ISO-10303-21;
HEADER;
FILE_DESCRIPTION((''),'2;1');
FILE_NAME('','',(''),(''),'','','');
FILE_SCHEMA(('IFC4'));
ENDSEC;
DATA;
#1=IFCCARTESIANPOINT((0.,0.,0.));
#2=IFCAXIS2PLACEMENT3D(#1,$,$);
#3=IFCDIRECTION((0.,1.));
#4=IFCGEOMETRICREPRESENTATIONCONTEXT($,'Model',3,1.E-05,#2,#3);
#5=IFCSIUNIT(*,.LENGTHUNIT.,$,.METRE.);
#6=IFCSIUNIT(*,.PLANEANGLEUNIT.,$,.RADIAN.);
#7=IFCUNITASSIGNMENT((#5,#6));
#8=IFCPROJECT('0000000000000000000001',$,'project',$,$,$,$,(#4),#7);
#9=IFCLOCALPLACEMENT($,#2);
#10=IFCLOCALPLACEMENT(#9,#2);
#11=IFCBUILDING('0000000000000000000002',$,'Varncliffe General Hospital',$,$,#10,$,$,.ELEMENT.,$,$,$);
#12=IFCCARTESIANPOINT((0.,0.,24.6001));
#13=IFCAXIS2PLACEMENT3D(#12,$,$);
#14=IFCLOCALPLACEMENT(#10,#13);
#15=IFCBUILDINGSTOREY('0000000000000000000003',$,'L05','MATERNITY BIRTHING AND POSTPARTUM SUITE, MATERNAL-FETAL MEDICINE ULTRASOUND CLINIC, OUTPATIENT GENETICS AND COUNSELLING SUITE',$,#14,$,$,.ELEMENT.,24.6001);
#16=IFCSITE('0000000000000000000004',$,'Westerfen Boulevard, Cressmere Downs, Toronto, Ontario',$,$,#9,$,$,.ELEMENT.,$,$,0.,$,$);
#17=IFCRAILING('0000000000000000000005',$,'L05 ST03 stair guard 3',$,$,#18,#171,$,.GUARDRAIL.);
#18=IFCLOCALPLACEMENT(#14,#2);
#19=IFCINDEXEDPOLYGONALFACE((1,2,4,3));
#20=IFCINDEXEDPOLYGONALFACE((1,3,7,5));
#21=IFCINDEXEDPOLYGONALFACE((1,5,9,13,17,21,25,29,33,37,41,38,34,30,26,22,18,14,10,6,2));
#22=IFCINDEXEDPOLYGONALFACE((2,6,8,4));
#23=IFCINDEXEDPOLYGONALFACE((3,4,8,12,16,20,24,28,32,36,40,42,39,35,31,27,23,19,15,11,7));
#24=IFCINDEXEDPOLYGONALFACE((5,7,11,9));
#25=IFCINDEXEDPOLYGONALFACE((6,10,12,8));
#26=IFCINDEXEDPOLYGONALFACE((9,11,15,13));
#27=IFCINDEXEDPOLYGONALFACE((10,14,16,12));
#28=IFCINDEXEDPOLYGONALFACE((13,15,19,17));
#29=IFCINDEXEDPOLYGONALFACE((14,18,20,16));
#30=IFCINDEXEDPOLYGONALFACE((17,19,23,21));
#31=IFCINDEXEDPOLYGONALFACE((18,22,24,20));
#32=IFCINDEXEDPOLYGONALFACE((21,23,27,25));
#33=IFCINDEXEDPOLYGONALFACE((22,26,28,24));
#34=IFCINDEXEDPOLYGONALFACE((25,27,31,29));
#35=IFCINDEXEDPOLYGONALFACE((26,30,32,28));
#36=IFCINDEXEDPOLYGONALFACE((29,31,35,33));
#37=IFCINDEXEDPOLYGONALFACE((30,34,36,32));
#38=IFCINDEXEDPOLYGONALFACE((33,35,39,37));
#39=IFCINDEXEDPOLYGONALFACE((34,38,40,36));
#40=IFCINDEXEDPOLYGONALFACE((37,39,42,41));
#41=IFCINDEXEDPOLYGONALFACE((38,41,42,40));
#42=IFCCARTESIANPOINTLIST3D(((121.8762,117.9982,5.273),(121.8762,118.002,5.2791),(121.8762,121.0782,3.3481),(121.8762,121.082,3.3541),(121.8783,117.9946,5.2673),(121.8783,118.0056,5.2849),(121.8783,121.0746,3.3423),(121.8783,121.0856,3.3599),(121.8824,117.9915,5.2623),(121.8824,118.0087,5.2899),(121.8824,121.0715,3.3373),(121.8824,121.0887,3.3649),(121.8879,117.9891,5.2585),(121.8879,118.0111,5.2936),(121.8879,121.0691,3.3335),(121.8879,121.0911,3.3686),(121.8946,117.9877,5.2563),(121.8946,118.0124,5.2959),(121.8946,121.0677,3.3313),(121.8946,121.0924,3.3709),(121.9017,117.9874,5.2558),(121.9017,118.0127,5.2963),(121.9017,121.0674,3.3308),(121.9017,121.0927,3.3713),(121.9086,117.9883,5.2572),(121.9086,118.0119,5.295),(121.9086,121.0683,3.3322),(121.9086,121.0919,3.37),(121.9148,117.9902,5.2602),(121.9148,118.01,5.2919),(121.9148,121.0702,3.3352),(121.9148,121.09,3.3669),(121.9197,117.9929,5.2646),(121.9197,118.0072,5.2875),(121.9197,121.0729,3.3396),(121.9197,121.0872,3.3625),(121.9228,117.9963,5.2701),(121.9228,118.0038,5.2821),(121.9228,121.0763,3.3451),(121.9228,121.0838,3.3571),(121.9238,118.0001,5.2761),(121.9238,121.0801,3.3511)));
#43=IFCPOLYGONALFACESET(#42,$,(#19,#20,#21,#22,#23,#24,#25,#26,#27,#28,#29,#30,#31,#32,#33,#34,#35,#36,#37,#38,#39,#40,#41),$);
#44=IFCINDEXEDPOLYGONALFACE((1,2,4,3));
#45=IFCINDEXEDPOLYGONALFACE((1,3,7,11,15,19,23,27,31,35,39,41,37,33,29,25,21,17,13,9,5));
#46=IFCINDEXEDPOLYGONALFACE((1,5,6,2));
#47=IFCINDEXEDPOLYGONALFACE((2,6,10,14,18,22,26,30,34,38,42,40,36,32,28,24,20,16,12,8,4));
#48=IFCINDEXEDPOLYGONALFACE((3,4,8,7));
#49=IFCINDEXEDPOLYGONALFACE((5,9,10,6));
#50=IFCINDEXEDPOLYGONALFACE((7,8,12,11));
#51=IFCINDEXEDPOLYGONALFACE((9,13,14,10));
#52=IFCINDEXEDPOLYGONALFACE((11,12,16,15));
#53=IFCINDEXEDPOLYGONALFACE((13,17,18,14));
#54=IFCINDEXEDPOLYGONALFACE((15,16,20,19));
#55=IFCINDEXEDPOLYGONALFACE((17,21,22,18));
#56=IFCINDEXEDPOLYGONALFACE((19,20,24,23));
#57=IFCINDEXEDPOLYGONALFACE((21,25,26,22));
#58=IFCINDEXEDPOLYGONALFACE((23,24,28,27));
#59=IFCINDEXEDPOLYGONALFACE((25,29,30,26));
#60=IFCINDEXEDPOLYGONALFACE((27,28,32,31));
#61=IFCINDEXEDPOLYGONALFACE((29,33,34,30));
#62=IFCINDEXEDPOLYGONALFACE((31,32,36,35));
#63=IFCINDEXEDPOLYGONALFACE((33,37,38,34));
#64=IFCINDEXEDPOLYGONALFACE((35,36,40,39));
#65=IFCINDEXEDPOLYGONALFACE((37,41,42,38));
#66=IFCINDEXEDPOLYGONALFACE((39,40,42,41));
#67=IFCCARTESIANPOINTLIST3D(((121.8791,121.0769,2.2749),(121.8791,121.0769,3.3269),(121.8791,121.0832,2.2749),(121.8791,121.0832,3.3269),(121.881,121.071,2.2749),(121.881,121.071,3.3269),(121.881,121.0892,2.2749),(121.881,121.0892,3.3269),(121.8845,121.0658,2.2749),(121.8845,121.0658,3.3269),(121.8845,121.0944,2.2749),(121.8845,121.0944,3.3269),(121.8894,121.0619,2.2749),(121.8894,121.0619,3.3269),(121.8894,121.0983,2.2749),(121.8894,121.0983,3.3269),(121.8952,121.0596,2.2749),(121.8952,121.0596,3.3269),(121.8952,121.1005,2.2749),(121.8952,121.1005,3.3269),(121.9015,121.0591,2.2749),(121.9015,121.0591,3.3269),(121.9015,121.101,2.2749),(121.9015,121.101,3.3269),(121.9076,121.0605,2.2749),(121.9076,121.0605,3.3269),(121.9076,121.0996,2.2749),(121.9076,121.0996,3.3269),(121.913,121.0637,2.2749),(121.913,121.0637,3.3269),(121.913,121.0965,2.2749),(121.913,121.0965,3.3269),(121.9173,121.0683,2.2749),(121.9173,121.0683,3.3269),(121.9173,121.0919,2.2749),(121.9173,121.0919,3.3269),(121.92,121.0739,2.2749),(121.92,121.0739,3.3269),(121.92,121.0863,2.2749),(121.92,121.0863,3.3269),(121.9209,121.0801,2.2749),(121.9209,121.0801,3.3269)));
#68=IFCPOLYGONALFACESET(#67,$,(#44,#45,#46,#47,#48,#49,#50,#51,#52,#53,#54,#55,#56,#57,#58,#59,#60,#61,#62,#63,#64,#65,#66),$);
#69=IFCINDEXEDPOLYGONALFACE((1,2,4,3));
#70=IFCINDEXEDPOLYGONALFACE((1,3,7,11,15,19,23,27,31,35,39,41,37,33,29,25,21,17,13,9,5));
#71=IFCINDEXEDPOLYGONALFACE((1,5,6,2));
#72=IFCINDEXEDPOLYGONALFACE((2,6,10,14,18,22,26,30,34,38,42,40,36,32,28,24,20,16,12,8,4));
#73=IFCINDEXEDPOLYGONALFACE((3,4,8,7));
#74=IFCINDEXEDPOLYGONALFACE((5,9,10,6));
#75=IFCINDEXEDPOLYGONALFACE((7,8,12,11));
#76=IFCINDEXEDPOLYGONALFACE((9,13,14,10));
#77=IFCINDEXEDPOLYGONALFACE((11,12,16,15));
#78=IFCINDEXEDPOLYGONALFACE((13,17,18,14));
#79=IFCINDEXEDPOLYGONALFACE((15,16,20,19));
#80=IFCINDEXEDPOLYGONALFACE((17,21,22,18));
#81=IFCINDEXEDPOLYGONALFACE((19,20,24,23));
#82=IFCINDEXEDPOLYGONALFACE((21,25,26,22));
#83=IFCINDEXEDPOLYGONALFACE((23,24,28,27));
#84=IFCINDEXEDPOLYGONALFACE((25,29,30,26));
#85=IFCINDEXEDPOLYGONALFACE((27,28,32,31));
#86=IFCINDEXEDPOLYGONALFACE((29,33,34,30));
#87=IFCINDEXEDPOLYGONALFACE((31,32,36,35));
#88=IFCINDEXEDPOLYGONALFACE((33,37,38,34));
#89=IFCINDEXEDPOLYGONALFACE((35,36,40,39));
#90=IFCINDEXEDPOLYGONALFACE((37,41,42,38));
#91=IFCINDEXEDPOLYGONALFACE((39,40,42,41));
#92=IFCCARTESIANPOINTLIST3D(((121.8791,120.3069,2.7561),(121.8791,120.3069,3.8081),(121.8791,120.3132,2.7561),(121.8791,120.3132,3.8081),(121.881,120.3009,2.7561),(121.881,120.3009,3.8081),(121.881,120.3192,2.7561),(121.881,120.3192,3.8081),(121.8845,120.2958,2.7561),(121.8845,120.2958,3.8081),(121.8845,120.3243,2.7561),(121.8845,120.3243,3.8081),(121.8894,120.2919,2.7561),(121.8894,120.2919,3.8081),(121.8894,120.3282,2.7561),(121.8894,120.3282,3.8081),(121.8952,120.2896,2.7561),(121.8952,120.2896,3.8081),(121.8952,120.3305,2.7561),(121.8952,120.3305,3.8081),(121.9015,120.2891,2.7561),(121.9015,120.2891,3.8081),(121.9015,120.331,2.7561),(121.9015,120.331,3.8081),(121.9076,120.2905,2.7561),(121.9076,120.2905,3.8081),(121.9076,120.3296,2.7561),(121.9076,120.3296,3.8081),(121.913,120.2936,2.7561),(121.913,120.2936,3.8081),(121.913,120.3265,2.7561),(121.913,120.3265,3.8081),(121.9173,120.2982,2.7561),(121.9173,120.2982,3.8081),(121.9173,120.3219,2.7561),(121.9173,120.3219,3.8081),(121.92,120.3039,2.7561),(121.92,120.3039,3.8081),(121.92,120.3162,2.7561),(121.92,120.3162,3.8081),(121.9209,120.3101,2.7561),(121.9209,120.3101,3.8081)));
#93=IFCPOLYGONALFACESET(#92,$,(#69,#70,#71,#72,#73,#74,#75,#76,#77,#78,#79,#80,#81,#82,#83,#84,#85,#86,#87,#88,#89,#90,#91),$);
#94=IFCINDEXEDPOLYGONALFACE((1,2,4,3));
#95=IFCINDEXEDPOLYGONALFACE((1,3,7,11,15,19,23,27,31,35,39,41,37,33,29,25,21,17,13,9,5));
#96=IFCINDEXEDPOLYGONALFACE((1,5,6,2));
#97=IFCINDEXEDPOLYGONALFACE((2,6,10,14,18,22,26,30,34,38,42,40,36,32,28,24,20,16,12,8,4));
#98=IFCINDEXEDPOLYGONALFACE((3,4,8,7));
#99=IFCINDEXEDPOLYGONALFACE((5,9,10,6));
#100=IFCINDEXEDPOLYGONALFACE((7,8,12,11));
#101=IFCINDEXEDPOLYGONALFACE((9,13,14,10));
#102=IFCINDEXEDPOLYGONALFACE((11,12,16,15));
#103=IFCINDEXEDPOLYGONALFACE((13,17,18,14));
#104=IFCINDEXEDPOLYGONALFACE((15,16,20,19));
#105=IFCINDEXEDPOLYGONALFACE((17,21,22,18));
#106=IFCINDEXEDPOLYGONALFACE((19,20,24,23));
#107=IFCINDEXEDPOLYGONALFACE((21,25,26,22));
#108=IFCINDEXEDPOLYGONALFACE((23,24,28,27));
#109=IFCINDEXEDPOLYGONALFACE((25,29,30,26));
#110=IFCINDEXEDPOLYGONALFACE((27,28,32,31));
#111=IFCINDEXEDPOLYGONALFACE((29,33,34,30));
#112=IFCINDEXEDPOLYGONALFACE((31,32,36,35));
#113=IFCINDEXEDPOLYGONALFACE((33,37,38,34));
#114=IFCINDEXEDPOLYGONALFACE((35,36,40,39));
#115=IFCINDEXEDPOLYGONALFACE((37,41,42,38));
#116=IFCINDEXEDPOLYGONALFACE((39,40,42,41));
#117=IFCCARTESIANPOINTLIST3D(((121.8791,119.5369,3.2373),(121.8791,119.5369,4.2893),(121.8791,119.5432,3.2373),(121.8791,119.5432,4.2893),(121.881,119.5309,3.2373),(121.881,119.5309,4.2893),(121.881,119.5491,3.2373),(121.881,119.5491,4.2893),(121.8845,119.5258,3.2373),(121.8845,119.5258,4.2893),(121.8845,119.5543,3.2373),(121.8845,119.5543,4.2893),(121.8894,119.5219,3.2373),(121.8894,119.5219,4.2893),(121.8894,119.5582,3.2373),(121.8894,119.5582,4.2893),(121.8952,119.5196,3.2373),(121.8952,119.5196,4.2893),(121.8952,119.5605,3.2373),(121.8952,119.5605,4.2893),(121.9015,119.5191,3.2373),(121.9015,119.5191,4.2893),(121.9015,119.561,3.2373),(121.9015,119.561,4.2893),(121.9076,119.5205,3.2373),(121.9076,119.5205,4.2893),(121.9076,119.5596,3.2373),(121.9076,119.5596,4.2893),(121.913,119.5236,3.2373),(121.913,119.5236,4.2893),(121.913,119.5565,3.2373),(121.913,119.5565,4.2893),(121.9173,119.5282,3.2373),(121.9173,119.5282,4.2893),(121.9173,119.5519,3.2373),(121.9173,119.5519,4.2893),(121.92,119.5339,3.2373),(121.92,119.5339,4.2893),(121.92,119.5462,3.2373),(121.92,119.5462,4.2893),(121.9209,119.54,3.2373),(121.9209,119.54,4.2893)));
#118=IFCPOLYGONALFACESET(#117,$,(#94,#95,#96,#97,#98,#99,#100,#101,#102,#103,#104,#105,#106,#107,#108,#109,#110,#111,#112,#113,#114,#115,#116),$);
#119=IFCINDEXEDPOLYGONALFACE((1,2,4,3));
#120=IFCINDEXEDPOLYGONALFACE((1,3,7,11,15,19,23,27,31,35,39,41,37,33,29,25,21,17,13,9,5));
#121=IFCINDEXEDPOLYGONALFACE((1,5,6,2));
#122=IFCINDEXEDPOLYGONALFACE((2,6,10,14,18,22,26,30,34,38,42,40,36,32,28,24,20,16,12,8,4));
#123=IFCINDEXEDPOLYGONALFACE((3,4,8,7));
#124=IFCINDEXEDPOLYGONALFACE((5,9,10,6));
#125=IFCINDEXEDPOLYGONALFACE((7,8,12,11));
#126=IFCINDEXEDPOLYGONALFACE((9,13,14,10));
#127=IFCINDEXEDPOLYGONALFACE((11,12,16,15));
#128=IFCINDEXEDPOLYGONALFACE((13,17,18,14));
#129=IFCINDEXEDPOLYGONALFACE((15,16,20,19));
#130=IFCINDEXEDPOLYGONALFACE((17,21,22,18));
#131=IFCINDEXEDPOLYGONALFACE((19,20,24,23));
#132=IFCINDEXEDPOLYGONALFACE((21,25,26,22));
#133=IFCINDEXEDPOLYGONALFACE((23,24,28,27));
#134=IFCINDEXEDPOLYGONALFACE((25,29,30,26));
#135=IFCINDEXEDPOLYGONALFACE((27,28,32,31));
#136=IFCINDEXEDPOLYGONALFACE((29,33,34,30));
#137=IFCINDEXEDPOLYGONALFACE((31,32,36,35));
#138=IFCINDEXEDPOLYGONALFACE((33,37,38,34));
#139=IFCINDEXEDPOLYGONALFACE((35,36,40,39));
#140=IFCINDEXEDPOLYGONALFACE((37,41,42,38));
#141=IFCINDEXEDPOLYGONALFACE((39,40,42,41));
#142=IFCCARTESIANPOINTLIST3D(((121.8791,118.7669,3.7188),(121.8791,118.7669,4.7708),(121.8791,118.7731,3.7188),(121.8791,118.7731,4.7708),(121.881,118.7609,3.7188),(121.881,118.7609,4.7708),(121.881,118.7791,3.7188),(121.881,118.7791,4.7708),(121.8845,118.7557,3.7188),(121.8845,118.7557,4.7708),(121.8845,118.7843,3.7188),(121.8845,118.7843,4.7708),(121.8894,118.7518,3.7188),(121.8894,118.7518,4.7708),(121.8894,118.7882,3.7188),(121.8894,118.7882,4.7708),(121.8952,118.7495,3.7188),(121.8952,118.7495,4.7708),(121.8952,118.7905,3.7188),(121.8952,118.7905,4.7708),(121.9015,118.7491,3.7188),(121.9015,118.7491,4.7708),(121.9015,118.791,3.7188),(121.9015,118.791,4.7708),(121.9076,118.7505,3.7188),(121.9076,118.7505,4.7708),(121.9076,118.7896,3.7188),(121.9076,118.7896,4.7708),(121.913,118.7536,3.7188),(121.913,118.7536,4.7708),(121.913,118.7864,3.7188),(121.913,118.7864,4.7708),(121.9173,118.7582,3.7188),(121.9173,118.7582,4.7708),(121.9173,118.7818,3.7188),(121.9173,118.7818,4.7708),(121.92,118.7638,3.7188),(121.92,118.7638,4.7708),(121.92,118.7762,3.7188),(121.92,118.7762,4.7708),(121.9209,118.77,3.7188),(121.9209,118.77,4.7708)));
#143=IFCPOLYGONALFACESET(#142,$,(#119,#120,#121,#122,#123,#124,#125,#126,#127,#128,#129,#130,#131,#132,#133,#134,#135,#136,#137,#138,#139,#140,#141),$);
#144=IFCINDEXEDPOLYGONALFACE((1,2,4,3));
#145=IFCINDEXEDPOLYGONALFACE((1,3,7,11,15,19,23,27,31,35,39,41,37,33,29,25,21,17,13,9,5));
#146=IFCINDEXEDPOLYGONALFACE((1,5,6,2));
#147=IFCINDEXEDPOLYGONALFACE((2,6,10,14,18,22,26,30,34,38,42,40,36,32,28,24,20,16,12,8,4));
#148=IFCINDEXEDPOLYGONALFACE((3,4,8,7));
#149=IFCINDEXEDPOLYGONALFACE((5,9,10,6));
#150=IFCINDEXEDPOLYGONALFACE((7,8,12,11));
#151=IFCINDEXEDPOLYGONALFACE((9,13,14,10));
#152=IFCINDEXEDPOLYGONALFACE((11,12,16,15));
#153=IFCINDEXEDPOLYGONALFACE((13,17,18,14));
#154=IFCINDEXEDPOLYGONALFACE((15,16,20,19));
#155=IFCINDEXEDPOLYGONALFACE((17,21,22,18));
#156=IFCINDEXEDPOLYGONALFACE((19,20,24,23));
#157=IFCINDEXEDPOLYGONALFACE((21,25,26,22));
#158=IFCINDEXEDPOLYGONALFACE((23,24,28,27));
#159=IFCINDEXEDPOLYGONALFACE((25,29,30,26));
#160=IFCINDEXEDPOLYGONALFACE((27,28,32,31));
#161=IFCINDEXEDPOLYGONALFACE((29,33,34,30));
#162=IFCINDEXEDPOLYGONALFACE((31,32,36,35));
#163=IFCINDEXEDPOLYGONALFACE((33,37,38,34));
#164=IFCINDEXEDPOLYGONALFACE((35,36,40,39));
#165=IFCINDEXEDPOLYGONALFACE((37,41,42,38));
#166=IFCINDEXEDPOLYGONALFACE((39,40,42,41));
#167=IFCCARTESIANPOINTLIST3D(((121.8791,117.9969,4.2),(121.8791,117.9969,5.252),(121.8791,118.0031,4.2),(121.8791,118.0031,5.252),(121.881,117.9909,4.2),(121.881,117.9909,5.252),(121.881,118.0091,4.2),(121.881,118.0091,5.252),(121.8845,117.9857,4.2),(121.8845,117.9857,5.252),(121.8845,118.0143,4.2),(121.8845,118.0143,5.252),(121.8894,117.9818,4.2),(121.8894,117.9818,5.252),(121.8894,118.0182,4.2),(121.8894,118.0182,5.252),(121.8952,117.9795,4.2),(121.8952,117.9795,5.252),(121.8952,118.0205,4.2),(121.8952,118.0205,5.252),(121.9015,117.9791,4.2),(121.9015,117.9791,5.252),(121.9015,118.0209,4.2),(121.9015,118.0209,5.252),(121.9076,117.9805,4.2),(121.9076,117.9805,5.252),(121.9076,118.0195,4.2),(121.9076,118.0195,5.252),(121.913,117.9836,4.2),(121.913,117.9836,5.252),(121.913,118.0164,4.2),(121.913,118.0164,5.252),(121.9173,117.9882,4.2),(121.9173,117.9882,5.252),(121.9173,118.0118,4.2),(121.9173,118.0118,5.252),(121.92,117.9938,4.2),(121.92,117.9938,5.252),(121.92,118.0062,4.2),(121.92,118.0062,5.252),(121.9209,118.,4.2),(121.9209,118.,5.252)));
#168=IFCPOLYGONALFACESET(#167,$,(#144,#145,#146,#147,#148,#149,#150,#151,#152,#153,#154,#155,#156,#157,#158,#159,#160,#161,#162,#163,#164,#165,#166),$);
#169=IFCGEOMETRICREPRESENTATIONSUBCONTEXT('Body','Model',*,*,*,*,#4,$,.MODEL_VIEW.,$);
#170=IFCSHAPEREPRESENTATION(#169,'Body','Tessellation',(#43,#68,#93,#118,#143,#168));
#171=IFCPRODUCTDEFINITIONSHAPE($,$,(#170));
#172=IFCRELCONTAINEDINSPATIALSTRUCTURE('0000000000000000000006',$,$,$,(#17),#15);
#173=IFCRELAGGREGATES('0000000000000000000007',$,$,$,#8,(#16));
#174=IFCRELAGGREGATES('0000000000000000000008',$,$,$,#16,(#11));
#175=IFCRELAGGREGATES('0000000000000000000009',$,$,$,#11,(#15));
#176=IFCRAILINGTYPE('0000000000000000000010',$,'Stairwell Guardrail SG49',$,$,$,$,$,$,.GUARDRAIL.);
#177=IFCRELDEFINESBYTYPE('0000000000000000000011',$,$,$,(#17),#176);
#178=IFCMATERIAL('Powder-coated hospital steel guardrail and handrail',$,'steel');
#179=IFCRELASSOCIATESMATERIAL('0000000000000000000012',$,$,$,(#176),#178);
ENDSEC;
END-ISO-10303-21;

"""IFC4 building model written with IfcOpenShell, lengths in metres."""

from ifc_helpers import new_model, si_unit, direction, frame, origin, origin_2d, place, context, subcontext, project, spatial, circle, extrude, material, type_object, element, save


model = new_model("IFC4")

# Units and contexts
model_context = context("Model", 3, precision=1e-05, world=origin(), true_north=direction((0.0, 1.0)))
body_context = subcontext(model_context, "Body", "Model", "MODEL_VIEW")
ifc_project = project(units=[si_unit("LENGTHUNIT", "METRE"), si_unit("PLANEANGLEUNIT", "RADIAN")], contexts=[model_context])

# Site, building, storey
site_placement = place(None, origin())
site = spatial("IfcSite", under=ifc_project, at=site_placement, Name="Westerfen Boulevard, Cressmere Downs, Toronto, Ontario", CompositionType="ELEMENT", RefElevation=0.0)
building_placement = place(site_placement, origin())
building = spatial("IfcBuilding", under=site, at=building_placement, Name="Varncliffe General Hospital", CompositionType="ELEMENT")
storey_placement = place(building_placement, frame((0.0, 0.0, 24.6001)))
storey = spatial("IfcBuildingStorey", under=building, at=storey_placement, Name="L05", Description="MATERNITY BIRTHING AND POSTPARTUM SUITE, MATERNAL-FETAL MEDICINE ULTRASOUND CLINIC, OUTPATIENT GENETICS AND COUNSELLING SUITE", CompositionType="ELEMENT", Elevation=24.6001)

# Railing
ifc_material_1 = material(Name="Powder-coated hospital steel guardrail and handrail", Category="steel")
railing_type_1 = type_object("IfcRailingType", Name="Stairwell Guardrail SG49", PredefinedType="GUARDRAIL", material=ifc_material_1)
railing_1_placement = place(storey_placement, frame((121.8999, 121.0801, 2.2749)))
element("IfcRailing", 1, at=railing_1_placement, inside=storey, type_object=railing_type_1, Name="L05 ST03 stair guard 3", PredefinedType="GUARDRAIL", context=body_context, shape_type="SweptSolid", body=[
    extrude(circle(Radius=0.0239, at=origin_2d()), frame((0.0, 0.0, 1.0762), z_axis=(0.0, -0.847998, 0.529999), x_axis=(1.0, 0.0, 0.0)), (0.0, 0.0, 1.0), 3.6321),
    extrude(circle(Radius=0.021, at=origin_2d()), origin(), (0.0, 0.0, 1.0), 1.052),
    extrude(circle(Radius=0.021, at=origin_2d()), frame((0.0, -0.77, 0.4812)), (0.0, 0.0, 1.0), 1.052),
    extrude(circle(Radius=0.021, at=origin_2d()), frame((0.0, -1.54, 0.9624)), (0.0, 0.0, 1.0), 1.052),
    extrude(circle(Radius=0.021, at=origin_2d()), frame((0.0, -2.3101, 1.4438)), (0.0, 0.0, 1.0), 1.052),
    extrude(circle(Radius=0.021, at=origin_2d()), frame((0.0, -3.0801, 1.925)), (0.0, 0.0, 1.0), 1.052),
])

save(model, "model.ifc")
